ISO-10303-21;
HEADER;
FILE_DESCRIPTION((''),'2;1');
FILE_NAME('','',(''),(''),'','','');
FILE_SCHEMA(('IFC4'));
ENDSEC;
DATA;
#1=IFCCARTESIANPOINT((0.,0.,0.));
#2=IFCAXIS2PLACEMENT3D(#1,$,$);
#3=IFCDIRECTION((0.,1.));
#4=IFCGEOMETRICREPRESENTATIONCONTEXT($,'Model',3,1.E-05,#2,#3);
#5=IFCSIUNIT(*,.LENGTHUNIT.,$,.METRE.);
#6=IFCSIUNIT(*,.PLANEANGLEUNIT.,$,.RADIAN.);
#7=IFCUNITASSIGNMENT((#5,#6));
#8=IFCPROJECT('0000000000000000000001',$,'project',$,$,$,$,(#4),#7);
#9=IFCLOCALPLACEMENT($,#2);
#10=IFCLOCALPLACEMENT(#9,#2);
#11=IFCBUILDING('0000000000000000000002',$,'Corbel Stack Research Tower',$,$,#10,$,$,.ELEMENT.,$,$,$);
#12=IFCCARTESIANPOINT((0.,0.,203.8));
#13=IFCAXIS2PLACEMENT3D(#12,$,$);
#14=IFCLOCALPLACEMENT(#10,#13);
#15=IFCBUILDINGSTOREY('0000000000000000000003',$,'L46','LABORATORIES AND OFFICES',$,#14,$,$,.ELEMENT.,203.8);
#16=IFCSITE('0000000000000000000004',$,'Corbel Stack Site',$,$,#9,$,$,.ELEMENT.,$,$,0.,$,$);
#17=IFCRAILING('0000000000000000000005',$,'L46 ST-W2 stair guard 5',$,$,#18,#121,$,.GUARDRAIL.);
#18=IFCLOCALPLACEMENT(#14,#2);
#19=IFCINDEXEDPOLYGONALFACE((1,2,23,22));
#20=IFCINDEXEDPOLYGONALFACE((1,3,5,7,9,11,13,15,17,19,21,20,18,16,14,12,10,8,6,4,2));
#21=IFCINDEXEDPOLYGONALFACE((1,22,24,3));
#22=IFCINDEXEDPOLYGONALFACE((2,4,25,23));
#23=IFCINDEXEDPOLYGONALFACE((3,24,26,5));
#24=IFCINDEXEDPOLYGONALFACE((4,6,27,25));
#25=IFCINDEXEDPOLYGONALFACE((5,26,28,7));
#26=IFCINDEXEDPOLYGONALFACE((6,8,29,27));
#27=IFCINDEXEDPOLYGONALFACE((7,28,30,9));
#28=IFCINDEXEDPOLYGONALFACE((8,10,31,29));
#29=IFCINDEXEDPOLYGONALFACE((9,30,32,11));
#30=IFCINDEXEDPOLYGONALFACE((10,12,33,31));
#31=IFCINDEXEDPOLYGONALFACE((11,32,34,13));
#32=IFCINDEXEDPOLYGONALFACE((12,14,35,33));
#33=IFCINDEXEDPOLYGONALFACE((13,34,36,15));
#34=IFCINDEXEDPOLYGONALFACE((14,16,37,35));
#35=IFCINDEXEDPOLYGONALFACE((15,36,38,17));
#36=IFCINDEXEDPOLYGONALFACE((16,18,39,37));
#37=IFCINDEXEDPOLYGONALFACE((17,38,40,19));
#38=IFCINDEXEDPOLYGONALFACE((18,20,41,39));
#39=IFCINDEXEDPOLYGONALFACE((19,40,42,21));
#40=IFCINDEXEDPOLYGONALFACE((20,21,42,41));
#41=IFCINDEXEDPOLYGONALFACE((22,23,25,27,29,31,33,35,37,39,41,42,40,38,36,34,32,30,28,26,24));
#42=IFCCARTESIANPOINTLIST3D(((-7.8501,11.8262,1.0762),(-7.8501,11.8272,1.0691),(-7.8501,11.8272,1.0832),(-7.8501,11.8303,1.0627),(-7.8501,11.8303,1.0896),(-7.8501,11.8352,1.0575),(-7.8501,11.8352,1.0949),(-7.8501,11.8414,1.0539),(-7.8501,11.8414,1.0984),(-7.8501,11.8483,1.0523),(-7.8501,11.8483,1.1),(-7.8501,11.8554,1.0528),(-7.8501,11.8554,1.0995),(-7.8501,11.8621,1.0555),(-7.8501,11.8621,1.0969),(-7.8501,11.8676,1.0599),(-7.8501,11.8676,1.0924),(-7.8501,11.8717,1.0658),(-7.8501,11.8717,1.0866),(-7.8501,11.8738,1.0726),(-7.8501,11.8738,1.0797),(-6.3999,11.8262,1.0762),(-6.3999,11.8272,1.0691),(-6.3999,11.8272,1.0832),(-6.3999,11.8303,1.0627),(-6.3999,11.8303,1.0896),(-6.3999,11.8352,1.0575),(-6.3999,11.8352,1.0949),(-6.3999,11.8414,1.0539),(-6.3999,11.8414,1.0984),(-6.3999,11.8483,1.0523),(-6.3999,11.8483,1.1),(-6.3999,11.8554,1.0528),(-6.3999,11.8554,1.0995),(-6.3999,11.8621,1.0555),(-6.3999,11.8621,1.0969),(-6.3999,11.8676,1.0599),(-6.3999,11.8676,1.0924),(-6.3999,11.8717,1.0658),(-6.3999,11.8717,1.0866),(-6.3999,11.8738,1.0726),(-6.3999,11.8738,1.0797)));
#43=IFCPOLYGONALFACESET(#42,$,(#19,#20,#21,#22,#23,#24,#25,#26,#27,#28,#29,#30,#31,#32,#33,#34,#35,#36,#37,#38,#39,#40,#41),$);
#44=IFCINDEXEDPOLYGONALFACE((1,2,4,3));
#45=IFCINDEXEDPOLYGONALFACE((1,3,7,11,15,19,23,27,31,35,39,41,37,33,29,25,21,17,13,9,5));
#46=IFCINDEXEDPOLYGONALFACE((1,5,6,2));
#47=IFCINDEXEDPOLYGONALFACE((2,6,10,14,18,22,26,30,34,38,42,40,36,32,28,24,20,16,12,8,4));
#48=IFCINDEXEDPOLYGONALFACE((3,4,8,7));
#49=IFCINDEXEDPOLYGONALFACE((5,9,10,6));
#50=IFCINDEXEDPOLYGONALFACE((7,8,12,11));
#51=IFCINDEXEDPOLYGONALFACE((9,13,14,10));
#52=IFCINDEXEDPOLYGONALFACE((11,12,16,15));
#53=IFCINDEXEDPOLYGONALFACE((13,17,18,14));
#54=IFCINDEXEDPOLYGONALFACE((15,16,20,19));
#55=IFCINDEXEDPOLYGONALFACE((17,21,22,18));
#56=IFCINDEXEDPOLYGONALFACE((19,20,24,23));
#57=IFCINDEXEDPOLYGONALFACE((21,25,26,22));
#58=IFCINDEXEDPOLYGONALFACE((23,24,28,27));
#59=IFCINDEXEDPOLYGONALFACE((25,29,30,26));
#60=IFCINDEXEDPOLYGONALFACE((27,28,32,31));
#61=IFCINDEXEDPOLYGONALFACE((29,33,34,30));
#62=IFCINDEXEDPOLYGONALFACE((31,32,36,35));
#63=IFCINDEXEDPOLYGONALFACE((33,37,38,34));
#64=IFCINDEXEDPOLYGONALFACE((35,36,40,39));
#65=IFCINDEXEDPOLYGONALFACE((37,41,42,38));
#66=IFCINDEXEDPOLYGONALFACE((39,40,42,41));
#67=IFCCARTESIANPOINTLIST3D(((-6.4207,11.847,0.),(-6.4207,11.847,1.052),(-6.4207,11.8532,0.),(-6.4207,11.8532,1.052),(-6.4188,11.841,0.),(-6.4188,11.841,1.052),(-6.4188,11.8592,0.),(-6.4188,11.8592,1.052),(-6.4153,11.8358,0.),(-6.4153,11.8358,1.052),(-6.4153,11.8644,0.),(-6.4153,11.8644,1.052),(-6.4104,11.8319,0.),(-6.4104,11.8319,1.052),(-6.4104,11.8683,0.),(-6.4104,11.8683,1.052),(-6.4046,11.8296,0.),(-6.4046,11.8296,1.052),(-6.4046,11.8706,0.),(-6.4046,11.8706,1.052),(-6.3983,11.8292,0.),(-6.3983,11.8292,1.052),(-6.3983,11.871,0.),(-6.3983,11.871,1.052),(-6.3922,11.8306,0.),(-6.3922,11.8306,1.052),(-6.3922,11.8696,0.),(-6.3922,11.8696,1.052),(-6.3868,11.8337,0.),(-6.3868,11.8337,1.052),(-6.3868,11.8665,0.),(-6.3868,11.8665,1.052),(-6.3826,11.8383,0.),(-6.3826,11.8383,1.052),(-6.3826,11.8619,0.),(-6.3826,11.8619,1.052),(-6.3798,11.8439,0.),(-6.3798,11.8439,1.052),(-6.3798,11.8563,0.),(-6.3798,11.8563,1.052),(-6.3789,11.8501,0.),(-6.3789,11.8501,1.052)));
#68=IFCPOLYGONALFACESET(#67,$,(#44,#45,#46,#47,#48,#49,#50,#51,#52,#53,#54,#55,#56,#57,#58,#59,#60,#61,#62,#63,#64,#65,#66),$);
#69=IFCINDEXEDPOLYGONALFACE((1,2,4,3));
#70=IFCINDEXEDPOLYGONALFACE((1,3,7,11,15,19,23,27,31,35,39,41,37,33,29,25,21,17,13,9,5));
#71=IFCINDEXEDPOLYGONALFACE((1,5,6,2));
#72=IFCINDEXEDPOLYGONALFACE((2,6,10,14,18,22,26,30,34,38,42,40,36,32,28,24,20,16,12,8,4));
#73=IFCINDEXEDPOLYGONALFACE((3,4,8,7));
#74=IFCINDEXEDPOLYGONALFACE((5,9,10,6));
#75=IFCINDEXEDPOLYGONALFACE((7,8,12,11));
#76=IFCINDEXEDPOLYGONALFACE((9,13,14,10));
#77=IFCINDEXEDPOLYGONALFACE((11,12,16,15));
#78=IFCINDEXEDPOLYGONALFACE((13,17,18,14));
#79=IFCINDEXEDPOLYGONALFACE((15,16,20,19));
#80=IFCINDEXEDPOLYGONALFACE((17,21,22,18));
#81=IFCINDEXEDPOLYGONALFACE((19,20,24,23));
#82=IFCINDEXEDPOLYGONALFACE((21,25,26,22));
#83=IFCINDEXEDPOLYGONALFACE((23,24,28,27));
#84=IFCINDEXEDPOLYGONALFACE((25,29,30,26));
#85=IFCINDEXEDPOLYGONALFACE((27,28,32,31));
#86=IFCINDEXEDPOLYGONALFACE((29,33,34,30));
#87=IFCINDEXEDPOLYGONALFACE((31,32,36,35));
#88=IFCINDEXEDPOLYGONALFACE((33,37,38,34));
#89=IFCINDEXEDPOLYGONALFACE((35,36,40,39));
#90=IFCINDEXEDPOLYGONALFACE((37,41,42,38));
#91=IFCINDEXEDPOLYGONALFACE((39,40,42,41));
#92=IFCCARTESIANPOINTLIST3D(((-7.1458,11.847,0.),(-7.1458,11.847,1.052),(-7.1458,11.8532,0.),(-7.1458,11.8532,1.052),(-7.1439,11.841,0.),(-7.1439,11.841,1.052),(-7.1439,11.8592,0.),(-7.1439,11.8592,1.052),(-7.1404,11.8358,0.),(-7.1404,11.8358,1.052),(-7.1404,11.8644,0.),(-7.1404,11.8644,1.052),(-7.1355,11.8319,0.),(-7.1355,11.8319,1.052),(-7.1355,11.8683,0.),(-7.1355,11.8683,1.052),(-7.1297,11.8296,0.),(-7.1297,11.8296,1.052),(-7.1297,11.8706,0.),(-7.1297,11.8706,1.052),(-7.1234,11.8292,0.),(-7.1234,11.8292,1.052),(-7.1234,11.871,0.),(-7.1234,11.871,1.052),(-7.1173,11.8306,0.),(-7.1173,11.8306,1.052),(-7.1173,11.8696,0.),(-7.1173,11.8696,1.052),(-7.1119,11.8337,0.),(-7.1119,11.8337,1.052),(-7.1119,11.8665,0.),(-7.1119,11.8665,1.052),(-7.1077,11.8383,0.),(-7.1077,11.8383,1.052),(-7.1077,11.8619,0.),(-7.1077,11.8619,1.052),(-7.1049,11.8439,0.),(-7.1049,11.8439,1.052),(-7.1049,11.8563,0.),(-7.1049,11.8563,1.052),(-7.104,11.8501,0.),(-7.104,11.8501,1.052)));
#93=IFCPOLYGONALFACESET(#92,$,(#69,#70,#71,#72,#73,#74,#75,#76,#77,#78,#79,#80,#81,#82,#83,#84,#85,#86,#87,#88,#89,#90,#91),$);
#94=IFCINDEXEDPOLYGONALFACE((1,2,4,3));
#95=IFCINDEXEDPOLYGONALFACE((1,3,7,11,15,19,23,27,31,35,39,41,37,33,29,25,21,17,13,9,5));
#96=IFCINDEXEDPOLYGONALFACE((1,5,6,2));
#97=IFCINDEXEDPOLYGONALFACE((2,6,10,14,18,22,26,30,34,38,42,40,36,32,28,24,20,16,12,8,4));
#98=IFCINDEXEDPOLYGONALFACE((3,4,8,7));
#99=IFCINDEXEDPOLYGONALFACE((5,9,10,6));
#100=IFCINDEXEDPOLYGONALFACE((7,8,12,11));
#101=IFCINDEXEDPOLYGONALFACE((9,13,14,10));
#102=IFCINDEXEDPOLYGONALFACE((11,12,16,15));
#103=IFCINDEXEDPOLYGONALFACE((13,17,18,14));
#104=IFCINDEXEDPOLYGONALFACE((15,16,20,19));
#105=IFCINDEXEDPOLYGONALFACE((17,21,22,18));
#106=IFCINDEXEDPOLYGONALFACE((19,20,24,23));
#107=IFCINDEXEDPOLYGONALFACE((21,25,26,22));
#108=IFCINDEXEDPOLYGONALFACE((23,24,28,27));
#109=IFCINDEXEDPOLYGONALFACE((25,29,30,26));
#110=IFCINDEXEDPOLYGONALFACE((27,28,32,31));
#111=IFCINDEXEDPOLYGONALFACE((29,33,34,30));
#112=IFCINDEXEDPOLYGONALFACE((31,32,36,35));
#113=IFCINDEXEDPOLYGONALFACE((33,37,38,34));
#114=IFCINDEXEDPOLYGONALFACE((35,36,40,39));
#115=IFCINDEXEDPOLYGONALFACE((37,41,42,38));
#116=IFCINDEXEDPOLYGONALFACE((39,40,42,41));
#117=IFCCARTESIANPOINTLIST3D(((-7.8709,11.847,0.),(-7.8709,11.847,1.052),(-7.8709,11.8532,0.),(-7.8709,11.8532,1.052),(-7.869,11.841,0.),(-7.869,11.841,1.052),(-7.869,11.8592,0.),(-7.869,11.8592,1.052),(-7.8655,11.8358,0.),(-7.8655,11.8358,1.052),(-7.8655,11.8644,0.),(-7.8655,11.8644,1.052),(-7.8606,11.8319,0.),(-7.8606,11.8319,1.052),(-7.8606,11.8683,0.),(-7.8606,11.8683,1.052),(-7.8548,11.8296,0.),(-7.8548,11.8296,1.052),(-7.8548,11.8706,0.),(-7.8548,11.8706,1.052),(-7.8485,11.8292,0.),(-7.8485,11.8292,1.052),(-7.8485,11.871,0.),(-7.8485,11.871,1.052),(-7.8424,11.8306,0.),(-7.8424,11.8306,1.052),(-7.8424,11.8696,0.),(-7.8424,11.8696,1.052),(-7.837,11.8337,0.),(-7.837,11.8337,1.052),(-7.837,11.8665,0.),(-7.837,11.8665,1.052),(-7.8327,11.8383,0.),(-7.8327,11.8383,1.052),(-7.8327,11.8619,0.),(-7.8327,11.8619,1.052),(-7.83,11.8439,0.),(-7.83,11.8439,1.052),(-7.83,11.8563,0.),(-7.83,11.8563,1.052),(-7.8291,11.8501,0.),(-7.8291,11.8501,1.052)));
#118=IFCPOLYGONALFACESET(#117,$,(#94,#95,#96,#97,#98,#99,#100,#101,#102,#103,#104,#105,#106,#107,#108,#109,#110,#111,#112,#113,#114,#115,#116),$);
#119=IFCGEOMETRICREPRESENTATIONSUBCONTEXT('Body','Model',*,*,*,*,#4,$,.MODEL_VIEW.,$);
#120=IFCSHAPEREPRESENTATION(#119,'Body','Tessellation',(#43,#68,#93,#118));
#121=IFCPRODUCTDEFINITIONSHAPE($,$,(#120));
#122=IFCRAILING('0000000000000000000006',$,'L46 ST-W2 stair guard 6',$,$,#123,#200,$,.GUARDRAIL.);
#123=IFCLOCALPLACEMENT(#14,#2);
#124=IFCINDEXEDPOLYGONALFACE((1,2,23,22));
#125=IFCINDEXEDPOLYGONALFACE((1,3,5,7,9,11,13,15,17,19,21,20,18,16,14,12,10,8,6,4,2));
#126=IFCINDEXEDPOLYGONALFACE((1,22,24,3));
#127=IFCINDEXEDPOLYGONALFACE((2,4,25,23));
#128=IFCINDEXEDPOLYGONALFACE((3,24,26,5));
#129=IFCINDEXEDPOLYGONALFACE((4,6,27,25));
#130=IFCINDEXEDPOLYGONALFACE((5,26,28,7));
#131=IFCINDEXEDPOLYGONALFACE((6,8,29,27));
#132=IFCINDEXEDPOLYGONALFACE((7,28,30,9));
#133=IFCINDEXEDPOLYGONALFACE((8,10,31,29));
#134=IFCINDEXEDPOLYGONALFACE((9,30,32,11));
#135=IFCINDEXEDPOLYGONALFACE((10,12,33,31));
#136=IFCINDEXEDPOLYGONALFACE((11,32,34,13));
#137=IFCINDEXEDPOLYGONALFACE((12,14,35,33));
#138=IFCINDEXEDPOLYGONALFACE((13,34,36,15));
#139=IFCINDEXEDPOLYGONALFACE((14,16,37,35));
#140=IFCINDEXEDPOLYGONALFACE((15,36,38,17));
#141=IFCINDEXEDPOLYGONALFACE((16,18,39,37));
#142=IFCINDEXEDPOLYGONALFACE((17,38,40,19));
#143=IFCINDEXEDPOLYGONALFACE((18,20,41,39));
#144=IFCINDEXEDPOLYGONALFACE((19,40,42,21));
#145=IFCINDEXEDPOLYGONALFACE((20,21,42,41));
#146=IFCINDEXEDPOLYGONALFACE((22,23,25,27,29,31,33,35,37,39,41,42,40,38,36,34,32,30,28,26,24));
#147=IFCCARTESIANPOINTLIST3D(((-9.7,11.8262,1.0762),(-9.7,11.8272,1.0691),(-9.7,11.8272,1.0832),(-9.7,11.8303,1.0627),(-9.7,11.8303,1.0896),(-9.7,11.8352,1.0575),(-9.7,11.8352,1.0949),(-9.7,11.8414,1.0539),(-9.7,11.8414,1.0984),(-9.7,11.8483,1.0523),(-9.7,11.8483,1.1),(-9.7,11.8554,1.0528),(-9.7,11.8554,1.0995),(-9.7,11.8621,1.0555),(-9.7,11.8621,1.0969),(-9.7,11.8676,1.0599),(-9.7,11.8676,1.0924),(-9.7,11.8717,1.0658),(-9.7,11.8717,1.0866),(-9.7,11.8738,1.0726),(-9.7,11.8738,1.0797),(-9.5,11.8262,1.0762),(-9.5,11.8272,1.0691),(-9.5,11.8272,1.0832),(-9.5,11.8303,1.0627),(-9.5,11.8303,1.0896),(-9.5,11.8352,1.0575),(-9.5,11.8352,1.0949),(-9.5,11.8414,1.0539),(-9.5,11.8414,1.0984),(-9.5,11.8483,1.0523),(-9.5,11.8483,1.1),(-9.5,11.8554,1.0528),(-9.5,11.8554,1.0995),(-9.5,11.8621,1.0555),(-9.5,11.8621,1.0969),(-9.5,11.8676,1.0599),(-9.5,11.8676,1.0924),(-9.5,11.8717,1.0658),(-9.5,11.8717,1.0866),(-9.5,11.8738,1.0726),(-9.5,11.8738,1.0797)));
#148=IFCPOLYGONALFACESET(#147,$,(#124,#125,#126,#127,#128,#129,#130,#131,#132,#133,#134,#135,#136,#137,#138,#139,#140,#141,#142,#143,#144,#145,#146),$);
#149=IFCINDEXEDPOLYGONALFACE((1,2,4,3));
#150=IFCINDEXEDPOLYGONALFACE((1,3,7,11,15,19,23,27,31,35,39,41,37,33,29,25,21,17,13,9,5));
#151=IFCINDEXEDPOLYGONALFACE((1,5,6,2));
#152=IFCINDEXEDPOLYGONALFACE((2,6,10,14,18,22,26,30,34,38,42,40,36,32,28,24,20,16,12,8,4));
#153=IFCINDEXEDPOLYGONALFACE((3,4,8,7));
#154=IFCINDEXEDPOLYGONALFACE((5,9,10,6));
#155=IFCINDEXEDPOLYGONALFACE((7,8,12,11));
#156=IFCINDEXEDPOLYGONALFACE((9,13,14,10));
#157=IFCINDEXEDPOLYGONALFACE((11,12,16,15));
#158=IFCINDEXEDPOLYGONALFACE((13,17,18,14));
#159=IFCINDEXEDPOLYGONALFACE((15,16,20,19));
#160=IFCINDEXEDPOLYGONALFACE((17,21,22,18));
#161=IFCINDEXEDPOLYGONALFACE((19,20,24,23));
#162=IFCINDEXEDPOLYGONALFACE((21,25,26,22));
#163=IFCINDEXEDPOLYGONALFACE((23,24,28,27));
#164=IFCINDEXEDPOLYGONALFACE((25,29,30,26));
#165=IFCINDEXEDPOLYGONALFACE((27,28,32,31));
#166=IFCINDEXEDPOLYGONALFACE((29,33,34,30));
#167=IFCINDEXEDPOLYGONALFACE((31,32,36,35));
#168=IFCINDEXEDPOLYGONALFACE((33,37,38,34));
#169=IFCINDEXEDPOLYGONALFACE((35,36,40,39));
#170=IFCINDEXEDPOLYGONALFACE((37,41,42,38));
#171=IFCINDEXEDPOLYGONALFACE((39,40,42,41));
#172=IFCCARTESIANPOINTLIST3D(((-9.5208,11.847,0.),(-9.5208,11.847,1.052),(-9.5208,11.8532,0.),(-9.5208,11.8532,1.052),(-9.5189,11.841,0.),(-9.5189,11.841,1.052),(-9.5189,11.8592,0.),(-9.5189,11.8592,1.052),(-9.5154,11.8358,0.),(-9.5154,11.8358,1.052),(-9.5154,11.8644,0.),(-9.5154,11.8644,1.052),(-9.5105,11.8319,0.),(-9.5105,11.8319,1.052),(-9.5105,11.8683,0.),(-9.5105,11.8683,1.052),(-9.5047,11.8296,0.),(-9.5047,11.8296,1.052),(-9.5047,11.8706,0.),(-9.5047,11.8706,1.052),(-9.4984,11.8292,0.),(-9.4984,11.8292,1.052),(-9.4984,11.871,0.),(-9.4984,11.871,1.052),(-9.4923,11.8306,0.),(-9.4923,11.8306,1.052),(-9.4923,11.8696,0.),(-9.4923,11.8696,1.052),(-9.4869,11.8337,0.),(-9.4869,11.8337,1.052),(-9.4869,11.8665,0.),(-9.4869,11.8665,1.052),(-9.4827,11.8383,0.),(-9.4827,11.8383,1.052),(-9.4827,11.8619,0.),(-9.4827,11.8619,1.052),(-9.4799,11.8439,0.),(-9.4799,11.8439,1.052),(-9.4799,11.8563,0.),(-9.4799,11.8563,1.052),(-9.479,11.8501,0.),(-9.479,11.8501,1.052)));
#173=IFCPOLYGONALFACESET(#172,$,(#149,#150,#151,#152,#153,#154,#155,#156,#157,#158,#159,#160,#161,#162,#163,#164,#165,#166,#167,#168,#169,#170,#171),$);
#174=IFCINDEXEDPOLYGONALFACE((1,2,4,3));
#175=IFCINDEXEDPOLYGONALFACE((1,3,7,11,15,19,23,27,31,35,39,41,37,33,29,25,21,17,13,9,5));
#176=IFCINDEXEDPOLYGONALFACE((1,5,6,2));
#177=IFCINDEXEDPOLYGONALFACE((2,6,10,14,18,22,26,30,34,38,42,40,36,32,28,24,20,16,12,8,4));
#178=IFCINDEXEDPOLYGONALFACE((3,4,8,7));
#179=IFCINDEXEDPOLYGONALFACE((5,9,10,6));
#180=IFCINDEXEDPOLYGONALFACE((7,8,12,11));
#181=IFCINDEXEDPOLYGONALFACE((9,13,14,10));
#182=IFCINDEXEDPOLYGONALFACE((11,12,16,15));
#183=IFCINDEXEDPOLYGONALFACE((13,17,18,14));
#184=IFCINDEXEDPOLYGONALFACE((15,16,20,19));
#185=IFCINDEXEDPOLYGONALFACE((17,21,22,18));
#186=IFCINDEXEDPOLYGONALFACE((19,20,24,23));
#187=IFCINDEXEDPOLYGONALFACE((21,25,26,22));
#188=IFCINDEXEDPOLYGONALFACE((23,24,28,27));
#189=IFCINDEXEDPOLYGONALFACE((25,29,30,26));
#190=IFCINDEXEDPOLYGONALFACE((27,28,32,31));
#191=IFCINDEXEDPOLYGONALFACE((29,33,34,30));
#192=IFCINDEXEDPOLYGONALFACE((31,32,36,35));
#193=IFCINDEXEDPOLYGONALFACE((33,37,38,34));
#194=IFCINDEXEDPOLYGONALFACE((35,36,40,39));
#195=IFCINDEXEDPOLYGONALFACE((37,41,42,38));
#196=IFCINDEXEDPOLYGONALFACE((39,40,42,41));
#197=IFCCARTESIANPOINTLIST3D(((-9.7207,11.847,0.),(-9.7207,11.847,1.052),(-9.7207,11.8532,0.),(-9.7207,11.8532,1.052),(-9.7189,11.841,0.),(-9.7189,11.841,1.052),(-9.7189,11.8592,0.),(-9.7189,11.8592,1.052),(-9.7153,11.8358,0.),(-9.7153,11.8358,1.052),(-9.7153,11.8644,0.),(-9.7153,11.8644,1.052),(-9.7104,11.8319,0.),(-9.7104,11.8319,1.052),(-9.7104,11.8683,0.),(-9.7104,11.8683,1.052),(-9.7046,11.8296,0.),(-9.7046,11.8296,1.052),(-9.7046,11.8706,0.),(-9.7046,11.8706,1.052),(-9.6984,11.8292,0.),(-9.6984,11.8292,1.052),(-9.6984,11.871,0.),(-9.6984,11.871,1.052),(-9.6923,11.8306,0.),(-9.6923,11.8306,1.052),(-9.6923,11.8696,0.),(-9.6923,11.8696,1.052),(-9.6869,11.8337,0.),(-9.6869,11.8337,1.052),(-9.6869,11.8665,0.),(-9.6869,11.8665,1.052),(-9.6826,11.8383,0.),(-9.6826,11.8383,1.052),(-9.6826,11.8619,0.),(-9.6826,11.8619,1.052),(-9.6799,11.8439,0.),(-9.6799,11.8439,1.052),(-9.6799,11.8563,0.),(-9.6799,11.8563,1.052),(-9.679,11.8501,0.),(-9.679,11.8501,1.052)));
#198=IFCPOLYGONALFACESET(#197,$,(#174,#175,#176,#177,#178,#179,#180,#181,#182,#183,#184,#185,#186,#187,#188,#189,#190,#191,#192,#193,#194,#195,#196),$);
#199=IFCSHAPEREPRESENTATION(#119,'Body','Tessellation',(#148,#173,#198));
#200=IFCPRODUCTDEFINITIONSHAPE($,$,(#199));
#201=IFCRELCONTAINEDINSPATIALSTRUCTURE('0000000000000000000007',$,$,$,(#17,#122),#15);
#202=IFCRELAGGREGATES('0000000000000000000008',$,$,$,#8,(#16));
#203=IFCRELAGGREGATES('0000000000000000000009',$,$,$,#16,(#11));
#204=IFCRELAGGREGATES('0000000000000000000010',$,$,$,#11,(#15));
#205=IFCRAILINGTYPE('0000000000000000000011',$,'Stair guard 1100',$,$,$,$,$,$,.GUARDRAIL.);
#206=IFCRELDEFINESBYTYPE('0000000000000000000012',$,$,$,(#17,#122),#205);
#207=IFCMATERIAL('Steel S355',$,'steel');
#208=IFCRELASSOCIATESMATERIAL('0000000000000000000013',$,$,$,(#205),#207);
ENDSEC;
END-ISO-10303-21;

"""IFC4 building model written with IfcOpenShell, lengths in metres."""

from ifc_helpers import new_model, si_unit, direction, frame, origin, origin_2d, place, context, subcontext, project, spatial, circle, extrude, material, type_object, element, save


model = new_model("IFC4")

# Units and contexts
model_context = context("Model", 3, precision=1e-05, world=origin(), true_north=direction((0.0, 1.0)))
body_context = subcontext(model_context, "Body", "Model", "MODEL_VIEW")
ifc_project = project(units=[si_unit("LENGTHUNIT", "METRE"), si_unit("PLANEANGLEUNIT", "RADIAN")], contexts=[model_context])

# Site, building, storey
site_placement = place(None, origin())
site = spatial("IfcSite", under=ifc_project, at=site_placement, Name="Corbel Stack Site", CompositionType="ELEMENT", RefElevation=0.0)
building_placement = place(site_placement, origin())
building = spatial("IfcBuilding", under=site, at=building_placement, Name="Corbel Stack Research Tower", CompositionType="ELEMENT")
storey_placement = place(building_placement, frame((0.0, 0.0, 203.8)))
storey = spatial("IfcBuildingStorey", under=building, at=storey_placement, Name="L46", Description="LABORATORIES AND OFFICES", CompositionType="ELEMENT", Elevation=203.8)

# Railings
ifc_material_1 = material(Name="Steel S355", Category="steel")
railing_type_1 = type_object("IfcRailingType", Name="Stair guard 1100", PredefinedType="GUARDRAIL", material=ifc_material_1)
railing_1_placement = place(storey_placement, frame((-6.3999, 11.8501, 0.0)))
element("IfcRailing", 1, at=railing_1_placement, inside=storey, type_object=railing_type_1, Name="L46 ST-W2 stair guard 5", PredefinedType="GUARDRAIL", context=body_context, shape_type="SweptSolid", body=[
    extrude(circle(Radius=0.0239, at=origin_2d()), frame((0.0, 0.0, 1.0762), z_axis=(-1.0, 0.0, 0.0), x_axis=(0.0, -1.0, 0.0)), (0.0, 0.0, 1.0), 1.4502),
    extrude(circle(Radius=0.021, at=origin_2d()), origin(), (0.0, 0.0, 1.0), 1.052),
    extrude(circle(Radius=0.021, at=origin_2d()), frame((-0.7251, 0.0, 0.0)), (0.0, 0.0, 1.0), 1.052),
    extrude(circle(Radius=0.021, at=origin_2d()), frame((-1.4502, 0.0, 0.0)), (0.0, 0.0, 1.0), 1.052),
])
railing_2_placement = place(storey_placement, frame((-9.5, 11.8501, 0.0)))
element("IfcRailing", 2, at=railing_2_placement, inside=storey, type_object=railing_type_1, Name="L46 ST-W2 stair guard 6", PredefinedType="GUARDRAIL", context=body_context, shape_type="SweptSolid", body=[
    extrude(circle(Radius=0.0239, at=origin_2d()), frame((0.0, 0.0, 1.0762), z_axis=(-1.0, 0.0, 0.0), x_axis=(0.0, -1.0, 0.0)), (0.0, 0.0, 1.0), 0.2),
    extrude(circle(Radius=0.021, at=origin_2d()), origin(), (0.0, 0.0, 1.0), 1.052),
    extrude(circle(Radius=0.021, at=origin_2d()), frame((-0.2, 0.0, 0.0)), (0.0, 0.0, 1.0), 1.052),
])

save(model, "model.ifc")
